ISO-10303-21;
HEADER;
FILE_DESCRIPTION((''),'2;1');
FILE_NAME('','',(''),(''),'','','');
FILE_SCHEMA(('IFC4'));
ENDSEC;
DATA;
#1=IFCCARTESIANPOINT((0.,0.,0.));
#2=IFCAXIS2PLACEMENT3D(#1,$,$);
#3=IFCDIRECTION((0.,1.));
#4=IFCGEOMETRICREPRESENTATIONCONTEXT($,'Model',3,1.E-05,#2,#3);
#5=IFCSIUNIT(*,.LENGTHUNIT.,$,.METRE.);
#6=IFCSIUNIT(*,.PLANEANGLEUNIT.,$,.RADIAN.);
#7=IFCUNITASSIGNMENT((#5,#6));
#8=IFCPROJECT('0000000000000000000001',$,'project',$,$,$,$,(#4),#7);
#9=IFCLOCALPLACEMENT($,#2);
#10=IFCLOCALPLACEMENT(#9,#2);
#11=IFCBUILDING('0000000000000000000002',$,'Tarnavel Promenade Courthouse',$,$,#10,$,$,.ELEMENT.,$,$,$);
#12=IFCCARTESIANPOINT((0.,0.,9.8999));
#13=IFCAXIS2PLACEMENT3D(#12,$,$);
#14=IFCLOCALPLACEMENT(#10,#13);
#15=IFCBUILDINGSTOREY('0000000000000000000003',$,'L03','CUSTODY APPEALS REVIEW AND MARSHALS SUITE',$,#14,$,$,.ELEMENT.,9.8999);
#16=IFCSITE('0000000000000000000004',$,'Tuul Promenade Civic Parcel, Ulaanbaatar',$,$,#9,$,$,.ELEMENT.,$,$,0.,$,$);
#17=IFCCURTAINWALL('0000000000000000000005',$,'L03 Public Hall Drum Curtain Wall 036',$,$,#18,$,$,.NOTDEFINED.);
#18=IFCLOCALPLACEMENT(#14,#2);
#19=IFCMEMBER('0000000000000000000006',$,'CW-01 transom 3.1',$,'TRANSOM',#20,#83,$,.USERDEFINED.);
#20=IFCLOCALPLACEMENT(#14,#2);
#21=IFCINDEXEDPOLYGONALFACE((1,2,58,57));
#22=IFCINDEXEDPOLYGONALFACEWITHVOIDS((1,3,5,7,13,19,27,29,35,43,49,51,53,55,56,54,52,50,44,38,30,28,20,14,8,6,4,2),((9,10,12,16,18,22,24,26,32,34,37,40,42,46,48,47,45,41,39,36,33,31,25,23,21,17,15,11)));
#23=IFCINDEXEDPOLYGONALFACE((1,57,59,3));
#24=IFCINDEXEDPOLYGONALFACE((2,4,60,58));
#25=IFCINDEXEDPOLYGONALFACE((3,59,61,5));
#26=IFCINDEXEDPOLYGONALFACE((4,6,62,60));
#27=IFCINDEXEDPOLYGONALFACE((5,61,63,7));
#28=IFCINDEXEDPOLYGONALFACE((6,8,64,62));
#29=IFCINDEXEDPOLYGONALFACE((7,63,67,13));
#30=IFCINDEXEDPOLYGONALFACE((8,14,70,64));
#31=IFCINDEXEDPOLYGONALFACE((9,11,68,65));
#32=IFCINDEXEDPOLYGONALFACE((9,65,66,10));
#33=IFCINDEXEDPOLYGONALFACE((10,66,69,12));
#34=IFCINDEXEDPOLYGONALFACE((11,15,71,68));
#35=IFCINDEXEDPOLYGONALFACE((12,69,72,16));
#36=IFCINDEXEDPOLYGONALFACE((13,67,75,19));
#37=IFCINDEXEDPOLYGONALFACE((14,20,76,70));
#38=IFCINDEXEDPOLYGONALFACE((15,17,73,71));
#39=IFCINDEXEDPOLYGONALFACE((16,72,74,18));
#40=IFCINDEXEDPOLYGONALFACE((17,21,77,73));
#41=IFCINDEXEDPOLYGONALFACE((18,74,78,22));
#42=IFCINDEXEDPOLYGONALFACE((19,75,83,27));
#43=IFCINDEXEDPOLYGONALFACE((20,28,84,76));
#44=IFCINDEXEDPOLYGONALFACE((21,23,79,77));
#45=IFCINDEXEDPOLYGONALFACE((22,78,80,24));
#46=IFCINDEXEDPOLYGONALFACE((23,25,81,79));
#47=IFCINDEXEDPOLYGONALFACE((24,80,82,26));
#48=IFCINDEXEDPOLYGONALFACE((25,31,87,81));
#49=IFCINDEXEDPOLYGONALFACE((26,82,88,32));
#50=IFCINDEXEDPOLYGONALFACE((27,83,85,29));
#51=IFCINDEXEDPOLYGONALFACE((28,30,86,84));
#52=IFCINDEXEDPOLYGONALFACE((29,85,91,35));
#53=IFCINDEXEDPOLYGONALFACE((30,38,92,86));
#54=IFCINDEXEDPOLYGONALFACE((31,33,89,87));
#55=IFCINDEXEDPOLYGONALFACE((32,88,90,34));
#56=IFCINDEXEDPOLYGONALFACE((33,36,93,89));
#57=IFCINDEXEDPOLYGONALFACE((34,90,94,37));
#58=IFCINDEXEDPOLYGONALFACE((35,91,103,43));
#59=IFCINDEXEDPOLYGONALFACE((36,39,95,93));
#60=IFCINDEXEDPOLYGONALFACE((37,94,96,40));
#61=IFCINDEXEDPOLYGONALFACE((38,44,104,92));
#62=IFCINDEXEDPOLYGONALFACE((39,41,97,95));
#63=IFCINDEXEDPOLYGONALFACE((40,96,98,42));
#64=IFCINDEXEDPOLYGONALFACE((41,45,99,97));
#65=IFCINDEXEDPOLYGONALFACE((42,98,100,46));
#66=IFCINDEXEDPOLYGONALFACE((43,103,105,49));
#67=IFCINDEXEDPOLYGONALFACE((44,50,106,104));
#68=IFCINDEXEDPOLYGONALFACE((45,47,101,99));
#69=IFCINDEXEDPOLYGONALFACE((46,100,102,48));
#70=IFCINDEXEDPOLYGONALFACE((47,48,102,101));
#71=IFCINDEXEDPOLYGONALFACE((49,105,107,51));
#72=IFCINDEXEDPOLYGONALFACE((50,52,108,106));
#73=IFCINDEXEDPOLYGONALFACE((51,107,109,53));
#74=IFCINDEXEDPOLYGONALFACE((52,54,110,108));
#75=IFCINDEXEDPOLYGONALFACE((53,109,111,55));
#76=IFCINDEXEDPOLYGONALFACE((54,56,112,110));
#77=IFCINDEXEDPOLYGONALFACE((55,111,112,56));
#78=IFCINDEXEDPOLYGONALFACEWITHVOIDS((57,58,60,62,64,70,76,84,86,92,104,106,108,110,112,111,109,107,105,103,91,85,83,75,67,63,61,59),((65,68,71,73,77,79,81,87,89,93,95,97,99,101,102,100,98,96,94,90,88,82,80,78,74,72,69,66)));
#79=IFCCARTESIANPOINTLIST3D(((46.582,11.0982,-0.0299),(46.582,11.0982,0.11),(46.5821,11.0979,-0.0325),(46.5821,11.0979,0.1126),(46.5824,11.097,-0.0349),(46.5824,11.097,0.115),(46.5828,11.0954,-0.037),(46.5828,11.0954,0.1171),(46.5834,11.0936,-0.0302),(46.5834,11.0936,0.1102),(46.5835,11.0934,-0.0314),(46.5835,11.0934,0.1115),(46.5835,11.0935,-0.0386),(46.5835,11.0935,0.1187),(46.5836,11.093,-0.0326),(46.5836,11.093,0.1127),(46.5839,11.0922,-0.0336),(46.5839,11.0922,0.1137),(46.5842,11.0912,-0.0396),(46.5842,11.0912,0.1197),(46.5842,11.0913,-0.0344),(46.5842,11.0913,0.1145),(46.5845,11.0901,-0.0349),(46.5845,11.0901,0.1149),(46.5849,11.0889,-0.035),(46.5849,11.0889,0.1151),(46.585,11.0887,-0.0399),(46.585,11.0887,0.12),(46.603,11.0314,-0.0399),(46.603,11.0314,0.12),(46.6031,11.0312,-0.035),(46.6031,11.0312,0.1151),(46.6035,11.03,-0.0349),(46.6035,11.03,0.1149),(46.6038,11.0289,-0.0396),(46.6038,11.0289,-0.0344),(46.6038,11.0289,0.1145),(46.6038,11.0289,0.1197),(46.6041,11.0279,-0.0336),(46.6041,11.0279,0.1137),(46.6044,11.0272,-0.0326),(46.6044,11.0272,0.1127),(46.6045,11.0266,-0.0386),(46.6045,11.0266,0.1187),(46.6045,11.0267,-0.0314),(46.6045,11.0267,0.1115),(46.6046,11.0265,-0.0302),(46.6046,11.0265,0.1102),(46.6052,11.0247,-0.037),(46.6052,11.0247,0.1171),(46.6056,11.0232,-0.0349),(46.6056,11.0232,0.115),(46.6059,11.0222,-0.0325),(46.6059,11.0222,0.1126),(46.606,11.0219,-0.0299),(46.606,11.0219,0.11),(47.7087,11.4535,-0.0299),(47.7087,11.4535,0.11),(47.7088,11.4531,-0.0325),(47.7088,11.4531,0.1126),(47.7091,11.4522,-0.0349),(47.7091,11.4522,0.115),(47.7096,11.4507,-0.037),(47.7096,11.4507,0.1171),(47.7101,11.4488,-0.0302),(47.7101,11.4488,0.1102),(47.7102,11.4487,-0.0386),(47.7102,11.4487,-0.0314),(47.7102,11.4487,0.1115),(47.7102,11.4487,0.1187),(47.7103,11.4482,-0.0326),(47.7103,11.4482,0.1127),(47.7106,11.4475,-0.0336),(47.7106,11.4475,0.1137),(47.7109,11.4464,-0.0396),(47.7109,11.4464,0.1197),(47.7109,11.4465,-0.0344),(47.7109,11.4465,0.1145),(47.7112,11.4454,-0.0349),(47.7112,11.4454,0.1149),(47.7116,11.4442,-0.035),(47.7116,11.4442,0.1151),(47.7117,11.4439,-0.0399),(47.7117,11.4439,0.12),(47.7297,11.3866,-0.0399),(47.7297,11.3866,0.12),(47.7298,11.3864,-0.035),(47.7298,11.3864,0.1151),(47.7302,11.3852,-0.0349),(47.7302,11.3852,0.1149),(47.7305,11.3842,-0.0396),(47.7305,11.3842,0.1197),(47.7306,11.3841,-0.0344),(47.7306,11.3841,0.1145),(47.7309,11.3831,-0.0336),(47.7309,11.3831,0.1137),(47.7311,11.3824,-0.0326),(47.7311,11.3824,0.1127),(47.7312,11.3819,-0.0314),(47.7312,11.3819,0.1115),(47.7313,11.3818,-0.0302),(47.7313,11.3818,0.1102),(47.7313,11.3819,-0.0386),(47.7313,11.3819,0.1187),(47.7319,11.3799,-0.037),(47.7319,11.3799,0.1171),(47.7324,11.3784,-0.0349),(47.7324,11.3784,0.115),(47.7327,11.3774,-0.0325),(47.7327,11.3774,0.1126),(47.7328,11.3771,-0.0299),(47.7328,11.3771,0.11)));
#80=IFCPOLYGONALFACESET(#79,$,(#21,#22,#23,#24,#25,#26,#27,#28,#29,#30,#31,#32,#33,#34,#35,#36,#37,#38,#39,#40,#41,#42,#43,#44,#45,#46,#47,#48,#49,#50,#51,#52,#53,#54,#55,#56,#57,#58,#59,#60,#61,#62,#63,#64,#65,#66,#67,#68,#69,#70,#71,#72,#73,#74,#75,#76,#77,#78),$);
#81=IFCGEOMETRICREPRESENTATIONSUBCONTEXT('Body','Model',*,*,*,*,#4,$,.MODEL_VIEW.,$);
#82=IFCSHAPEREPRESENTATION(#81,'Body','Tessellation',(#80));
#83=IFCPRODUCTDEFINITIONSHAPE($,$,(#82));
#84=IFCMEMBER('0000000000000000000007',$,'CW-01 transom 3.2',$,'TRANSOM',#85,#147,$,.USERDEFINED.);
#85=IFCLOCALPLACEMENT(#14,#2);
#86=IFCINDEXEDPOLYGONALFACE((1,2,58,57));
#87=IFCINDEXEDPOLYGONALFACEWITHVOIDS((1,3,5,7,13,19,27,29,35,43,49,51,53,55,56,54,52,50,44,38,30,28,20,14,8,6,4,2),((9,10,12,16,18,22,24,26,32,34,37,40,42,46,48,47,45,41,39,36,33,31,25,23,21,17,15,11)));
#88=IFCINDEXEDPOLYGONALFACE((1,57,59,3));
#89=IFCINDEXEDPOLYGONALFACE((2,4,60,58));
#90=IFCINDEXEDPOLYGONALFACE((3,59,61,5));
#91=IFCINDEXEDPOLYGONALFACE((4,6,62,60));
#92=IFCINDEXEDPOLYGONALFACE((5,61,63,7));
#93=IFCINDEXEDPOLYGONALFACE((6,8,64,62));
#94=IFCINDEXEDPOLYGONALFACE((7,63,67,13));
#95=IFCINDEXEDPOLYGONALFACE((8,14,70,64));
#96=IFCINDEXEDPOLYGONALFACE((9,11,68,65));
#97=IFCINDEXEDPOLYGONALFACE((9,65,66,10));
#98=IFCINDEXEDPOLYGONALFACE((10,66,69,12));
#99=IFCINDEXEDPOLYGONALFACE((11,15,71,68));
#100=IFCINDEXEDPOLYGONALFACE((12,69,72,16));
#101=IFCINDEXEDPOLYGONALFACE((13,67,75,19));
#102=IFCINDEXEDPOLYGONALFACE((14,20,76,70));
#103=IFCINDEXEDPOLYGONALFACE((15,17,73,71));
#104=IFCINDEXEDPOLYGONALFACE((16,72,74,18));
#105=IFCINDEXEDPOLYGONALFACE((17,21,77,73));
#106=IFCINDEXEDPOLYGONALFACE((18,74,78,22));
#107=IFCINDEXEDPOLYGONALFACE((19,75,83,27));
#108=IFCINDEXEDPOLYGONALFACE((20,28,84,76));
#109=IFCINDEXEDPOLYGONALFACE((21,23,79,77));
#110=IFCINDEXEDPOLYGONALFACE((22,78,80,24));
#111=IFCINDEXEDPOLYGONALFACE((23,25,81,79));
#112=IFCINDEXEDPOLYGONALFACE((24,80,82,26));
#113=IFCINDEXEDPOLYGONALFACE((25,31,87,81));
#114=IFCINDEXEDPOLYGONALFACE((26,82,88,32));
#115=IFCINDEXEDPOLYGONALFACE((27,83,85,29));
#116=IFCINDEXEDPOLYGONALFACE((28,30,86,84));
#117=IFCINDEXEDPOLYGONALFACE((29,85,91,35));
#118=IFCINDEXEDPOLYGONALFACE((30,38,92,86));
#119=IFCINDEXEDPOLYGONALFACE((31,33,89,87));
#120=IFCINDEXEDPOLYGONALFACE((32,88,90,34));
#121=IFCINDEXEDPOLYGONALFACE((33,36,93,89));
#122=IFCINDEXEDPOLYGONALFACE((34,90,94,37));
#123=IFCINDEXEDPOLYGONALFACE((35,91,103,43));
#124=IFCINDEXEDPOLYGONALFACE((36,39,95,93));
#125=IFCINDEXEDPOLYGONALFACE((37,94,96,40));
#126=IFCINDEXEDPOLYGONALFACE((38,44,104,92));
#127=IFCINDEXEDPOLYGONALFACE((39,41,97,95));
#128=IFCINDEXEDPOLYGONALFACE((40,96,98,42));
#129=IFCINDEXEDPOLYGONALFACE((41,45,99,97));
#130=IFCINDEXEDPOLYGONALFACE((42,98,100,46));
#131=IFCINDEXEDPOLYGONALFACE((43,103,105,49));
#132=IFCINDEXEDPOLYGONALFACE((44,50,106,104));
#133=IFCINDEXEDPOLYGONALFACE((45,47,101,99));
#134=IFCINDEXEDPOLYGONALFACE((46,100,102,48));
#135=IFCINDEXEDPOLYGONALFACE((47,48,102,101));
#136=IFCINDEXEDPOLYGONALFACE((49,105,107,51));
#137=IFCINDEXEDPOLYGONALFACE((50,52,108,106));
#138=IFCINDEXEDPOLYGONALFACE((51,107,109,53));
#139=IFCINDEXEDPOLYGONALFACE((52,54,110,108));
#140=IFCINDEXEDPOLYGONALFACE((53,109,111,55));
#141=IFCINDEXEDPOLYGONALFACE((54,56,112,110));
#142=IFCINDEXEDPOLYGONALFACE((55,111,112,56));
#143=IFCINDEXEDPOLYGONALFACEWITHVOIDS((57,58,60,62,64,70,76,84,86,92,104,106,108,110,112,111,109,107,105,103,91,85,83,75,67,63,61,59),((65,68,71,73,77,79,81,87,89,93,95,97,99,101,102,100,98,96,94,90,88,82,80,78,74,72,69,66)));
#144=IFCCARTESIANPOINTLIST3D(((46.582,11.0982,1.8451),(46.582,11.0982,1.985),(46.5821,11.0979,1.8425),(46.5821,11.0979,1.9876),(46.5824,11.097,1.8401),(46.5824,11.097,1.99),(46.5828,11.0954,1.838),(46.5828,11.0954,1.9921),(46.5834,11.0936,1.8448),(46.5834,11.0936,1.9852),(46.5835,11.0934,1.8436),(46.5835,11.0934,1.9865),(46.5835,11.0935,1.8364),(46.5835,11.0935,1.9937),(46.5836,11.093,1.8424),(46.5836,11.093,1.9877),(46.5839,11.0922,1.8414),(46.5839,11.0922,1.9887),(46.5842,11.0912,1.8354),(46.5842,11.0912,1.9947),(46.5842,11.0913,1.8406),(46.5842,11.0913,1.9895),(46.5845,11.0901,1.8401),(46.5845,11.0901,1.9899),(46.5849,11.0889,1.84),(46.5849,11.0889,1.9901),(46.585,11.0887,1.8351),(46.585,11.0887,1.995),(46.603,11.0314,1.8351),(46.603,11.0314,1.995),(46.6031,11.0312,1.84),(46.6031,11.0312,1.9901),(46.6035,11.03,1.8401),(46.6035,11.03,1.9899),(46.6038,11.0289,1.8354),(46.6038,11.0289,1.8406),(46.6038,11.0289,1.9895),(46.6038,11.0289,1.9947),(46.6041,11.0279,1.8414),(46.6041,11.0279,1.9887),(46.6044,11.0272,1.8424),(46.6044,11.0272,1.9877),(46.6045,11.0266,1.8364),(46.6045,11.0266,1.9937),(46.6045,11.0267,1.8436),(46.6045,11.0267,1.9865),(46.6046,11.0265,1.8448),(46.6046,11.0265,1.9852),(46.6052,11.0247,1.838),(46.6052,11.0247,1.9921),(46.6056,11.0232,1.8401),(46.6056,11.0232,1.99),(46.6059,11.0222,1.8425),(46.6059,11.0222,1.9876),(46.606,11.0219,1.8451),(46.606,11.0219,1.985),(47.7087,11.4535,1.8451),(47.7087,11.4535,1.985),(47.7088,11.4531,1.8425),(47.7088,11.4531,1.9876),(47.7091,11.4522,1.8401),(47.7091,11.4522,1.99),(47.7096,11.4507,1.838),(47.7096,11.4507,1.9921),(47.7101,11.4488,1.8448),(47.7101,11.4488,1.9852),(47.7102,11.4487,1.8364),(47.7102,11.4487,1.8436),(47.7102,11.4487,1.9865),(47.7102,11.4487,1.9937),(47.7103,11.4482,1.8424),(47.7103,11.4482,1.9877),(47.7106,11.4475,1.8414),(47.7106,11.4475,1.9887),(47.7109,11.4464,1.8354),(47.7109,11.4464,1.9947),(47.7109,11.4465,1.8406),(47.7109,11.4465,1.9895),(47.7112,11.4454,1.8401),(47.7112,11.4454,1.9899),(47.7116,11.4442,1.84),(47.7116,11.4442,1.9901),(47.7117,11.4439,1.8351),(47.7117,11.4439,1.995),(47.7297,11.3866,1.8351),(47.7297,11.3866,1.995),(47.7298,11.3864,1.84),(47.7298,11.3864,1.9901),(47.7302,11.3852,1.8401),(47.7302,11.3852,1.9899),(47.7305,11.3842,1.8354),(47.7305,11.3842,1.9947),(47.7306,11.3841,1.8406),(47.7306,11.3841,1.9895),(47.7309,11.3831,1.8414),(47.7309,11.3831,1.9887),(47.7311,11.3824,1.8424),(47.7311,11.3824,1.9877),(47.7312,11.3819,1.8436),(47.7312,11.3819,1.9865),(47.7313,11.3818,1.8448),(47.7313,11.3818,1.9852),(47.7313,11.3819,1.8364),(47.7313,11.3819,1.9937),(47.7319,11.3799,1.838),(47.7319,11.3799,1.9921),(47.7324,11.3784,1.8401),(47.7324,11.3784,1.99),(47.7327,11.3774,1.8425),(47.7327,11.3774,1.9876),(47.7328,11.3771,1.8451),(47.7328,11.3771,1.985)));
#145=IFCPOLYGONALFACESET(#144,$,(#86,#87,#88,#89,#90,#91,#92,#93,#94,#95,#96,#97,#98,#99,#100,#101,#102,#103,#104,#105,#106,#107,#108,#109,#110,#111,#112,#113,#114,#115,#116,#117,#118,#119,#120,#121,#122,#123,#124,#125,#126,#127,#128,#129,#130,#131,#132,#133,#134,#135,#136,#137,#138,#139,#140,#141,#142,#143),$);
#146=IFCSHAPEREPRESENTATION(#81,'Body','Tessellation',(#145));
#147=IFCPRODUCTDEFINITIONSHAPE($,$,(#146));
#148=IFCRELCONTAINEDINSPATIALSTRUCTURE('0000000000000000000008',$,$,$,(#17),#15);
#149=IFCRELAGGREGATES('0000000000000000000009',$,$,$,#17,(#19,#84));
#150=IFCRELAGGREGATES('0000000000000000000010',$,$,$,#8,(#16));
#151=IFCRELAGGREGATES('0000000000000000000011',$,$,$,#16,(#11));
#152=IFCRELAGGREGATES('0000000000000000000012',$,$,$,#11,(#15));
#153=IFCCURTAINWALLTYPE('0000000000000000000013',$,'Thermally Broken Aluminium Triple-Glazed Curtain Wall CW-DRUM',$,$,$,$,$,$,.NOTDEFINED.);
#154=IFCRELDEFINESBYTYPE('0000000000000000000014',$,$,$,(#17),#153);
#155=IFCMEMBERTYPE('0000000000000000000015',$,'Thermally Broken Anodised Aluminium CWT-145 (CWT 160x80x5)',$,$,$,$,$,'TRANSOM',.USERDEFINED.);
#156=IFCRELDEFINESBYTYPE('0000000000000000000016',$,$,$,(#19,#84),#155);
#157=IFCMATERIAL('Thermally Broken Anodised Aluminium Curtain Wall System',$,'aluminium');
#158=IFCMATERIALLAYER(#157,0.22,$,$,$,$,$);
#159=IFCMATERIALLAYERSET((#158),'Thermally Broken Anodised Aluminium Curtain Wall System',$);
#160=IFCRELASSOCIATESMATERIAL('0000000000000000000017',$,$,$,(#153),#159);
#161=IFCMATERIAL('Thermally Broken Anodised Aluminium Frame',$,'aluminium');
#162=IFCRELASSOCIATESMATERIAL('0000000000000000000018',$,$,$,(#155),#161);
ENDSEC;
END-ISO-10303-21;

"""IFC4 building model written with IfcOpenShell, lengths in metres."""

from ifc_helpers import new_model, si_unit, direction, frame, origin, origin_2d, place, context, subcontext, project, spatial, hollow_rectangle, extrude, material, layer, layer_set, material_profile, profile_set, type_object, element, aggregate, save


model = new_model("IFC4")

# Units and contexts
model_context = context("Model", 3, precision=1e-05, world=origin(), true_north=direction((0.0, 1.0)))
body_context = subcontext(model_context, "Body", "Model", "MODEL_VIEW")
ifc_project = project(units=[si_unit("LENGTHUNIT", "METRE"), si_unit("PLANEANGLEUNIT", "RADIAN")], contexts=[model_context])

# Site, building, storey
site_placement = place(None, origin())
site = spatial("IfcSite", under=ifc_project, at=site_placement, Name="Tuul Promenade Civic Parcel, Ulaanbaatar", CompositionType="ELEMENT", RefElevation=0.0)
building_placement = place(site_placement, origin())
building = spatial("IfcBuilding", under=site, at=building_placement, Name="Tarnavel Promenade Courthouse", CompositionType="ELEMENT")
storey_placement = place(building_placement, frame((0.0, 0.0, 9.8999)))
storey = spatial("IfcBuildingStorey", under=building, at=storey_placement, Name="L03", Description="CUSTODY APPEALS REVIEW AND MARSHALS SUITE", CompositionType="ELEMENT", Elevation=9.8999)

# Curtain wall
ifc_material_1 = material(Name="Thermally Broken Anodised Aluminium Curtain Wall System", Category="aluminium")
ifc_layer_1 = layer(ifc_material_1, 0.22)
ifc_layer_set_1 = layer_set([ifc_layer_1], Name="Thermally Broken Anodised Aluminium Curtain Wall System")
curtain_wall_type = type_object("IfcCurtainWallType", Name="Thermally Broken Aluminium Triple-Glazed Curtain Wall CW-DRUM", PredefinedType="NOTDEFINED", material=ifc_layer_set_1)
curtain_wall_1_placement = place(storey_placement, origin())
curtain_wall_1 = element("IfcCurtainWall", 1, at=curtain_wall_1_placement, inside=storey, type_object=curtain_wall_type, Name="L03 Public Hall Drum Curtain Wall 036", PredefinedType="NOTDEFINED")
ifc_material_2 = material(Name="Thermally Broken Anodised Aluminium Frame", Category="aluminium")

# Members
ifc_material_profile_1 = material_profile(ifc_material_2, hollow_rectangle(XDim=0.0801, YDim=0.1599, WallThickness=0.0049, InnerFilletRadius=0.0049, OuterFilletRadius=0.01, at=origin_2d()), Name="CWT 160x80x5")
ifc_profile_set_1 = profile_set([ifc_material_profile_1], Name="Thermally Broken Anodised Aluminium Frame")
member_type_1 = type_object("IfcMemberType", Name="Thermally Broken Anodised Aluminium CWT-145 (CWT 160x80x5)", ElementType="TRANSOM", PredefinedType="USERDEFINED", material=ifc_profile_set_1)
member_1_placement = place(storey_placement, frame((46.594, 11.0601, 0.04), z_axis=(0.953723, 0.300686, 0.0), x_axis=(-0.300686, 0.953723, 0.0)))
member_1 = element("IfcMember", 2, at=member_1_placement, type_object=member_type_1, Name="CW-01 transom 3.1", ObjectType="TRANSOM", PredefinedType="USERDEFINED", context=body_context, shape_type="SweptSolid", body=[
    extrude(hollow_rectangle(XDim=0.0801, YDim=0.1599, WallThickness=0.0049, InnerFilletRadius=0.0049, OuterFilletRadius=0.01, at=origin_2d()), origin(), (0.0, 0.0, 1.0), 1.1814),
])
member_2_placement = place(storey_placement, frame((46.594, 11.0601, 1.915), z_axis=(0.953723, 0.300686, 0.0), x_axis=(-0.300686, 0.953723, 0.0)))
member_2 = element("IfcMember", 3, at=member_2_placement, type_object=member_type_1, Name="CW-01 transom 3.2", ObjectType="TRANSOM", PredefinedType="USERDEFINED", context=body_context, shape_type="SweptSolid", body=[
    extrude(hollow_rectangle(XDim=0.0801, YDim=0.1599, WallThickness=0.0049, InnerFilletRadius=0.0049, OuterFilletRadius=0.01, at=origin_2d()), origin(), (0.0, 0.0, 1.0), 1.1814),
])

aggregate(curtain_wall_1, [member_1, member_2])

save(model, "model.ifc")
